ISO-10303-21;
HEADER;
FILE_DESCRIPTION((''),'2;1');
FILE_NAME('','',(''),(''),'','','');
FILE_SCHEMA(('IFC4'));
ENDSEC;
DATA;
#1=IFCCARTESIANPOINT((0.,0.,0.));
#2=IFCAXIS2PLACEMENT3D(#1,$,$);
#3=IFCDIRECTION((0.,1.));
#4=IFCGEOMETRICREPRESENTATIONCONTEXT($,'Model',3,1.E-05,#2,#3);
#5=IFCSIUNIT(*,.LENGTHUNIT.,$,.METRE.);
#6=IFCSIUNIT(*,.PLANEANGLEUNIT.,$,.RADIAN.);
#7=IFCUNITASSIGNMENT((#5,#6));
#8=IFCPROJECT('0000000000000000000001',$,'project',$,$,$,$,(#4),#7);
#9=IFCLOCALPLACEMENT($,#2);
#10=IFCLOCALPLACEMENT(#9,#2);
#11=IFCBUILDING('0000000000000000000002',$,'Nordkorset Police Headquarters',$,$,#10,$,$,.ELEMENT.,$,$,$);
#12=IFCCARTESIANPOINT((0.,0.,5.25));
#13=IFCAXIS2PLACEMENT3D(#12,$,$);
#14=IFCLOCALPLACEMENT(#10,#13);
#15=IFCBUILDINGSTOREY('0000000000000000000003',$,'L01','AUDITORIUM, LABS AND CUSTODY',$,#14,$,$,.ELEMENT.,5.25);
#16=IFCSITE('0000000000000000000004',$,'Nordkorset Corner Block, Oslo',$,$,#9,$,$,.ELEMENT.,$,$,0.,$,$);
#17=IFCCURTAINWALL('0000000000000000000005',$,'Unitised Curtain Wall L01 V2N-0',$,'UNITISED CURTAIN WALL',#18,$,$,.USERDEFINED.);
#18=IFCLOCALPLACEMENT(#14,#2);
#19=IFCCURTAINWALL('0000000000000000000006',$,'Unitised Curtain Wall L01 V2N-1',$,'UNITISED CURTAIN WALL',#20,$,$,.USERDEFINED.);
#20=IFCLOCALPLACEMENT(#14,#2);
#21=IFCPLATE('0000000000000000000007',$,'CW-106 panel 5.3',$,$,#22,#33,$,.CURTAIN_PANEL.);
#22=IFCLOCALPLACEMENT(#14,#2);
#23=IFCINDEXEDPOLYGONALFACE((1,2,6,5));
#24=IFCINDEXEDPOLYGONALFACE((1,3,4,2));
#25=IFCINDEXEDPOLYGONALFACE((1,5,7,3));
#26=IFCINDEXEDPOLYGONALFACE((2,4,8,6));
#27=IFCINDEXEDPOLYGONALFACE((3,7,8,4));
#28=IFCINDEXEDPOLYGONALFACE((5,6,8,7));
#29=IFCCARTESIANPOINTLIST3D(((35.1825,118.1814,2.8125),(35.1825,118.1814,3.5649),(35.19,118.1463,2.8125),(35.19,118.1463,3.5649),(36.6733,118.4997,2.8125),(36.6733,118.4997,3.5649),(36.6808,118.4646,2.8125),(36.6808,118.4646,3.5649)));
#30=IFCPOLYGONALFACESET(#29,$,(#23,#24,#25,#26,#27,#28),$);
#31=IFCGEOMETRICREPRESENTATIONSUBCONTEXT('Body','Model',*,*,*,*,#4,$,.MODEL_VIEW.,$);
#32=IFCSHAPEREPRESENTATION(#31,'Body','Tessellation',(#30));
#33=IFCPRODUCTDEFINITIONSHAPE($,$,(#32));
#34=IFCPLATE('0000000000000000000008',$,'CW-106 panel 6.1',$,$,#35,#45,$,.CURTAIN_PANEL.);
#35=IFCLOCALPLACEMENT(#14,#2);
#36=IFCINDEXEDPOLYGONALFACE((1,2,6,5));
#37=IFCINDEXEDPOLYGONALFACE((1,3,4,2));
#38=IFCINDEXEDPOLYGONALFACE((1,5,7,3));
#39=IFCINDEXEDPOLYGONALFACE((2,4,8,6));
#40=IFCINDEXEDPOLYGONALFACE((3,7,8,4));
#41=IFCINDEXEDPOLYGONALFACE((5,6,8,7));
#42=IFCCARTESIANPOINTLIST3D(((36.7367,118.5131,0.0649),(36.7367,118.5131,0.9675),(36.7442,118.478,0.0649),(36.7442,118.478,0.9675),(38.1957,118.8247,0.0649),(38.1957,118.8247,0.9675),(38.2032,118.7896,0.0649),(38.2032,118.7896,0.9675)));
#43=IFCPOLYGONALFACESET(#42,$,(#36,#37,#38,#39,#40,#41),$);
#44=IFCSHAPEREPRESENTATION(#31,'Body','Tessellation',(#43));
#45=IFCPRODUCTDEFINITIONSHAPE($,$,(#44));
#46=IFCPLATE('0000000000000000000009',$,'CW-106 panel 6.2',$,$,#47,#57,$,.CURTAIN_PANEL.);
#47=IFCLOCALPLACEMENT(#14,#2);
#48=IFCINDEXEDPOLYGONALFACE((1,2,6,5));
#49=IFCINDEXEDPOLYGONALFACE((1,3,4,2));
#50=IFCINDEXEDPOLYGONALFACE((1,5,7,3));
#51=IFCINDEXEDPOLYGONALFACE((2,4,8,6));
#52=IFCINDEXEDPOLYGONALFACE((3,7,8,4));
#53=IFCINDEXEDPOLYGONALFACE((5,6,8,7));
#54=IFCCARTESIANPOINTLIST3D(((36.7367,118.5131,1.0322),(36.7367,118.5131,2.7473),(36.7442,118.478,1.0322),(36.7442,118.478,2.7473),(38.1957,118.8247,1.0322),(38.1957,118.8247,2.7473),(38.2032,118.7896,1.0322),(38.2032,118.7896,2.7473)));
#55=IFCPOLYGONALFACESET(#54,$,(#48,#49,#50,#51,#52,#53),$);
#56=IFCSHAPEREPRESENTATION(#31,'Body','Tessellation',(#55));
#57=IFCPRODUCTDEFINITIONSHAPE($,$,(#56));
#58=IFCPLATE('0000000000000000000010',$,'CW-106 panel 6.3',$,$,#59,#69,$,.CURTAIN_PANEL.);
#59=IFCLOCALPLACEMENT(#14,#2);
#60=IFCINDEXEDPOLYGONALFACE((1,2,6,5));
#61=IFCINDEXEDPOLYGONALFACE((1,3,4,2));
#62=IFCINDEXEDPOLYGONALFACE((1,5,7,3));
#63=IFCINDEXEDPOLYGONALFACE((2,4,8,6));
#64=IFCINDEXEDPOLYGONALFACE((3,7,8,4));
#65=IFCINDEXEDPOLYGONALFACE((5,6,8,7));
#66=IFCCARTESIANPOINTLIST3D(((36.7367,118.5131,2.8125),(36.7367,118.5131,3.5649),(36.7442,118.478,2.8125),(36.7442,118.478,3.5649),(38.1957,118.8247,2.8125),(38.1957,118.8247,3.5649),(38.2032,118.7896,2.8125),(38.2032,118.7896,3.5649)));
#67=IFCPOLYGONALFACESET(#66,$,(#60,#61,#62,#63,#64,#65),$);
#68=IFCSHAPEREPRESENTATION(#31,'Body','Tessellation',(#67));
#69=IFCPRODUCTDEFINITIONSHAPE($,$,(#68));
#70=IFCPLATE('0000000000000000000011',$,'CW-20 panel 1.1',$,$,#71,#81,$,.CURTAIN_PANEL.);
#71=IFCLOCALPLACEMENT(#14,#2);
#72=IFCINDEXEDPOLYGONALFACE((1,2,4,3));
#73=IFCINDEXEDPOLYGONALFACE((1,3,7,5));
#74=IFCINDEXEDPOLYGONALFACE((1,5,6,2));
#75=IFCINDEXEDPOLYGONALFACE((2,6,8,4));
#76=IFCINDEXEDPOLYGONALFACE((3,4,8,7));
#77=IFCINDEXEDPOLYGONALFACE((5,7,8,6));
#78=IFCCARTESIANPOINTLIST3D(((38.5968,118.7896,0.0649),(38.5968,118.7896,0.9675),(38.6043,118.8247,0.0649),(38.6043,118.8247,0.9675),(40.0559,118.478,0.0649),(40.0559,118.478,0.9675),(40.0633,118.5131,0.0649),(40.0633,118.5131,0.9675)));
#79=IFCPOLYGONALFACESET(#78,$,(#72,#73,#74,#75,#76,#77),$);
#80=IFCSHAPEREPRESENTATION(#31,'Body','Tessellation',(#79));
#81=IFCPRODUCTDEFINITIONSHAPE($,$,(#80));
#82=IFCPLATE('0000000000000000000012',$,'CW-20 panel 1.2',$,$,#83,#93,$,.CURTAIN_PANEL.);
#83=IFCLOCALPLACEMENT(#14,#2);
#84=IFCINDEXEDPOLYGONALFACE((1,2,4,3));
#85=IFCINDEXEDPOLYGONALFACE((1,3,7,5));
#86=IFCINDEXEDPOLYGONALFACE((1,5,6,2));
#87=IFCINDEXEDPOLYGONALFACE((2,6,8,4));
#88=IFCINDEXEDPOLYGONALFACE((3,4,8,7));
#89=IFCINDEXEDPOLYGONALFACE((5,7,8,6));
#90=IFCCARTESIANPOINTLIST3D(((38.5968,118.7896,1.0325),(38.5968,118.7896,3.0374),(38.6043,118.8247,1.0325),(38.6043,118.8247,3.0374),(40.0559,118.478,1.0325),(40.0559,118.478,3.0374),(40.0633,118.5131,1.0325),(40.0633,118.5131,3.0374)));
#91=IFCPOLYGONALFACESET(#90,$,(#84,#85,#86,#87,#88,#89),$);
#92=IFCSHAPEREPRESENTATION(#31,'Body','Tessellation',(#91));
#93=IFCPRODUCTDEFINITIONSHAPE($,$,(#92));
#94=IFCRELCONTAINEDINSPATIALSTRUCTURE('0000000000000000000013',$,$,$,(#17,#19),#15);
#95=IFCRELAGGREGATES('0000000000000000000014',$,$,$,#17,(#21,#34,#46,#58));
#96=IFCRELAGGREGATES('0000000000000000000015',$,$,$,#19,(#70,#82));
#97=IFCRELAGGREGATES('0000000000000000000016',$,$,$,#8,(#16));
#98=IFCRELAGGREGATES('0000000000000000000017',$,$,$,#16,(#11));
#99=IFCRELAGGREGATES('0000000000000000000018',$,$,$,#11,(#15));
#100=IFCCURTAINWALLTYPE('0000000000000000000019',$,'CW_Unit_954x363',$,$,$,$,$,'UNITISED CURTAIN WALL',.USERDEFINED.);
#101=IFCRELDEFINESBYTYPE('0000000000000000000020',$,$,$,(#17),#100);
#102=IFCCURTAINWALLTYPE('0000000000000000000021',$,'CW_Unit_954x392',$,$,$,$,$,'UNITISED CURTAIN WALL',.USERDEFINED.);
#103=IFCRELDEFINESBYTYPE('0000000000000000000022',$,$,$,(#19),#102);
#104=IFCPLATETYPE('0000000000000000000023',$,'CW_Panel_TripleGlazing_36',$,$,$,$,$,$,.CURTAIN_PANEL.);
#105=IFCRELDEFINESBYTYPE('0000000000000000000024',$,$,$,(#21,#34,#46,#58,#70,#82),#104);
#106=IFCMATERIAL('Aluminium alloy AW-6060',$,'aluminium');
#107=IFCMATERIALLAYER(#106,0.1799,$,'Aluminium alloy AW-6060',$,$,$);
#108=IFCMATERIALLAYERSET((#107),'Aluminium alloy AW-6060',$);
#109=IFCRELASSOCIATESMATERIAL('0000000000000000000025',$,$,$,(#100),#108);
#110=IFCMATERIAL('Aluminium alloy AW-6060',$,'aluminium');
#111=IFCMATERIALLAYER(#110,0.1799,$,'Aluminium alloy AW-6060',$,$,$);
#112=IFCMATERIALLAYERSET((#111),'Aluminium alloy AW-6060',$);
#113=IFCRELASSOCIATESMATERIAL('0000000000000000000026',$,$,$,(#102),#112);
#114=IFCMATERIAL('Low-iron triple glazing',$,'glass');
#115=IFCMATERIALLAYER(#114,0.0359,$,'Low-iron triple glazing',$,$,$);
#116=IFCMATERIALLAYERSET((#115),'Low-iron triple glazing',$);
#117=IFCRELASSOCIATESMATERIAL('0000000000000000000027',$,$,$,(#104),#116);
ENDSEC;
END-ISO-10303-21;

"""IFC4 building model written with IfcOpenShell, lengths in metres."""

from ifc_helpers import new_model, si_unit, direction, frame, origin, origin_2d, place, context, subcontext, project, spatial, rectangle, extrude, material, layer, layer_set, type_object, element, aggregate, save


model = new_model("IFC4")

# Units and contexts
model_context = context("Model", 3, precision=1e-05, world=origin(), true_north=direction((0.0, 1.0)))
body_context = subcontext(model_context, "Body", "Model", "MODEL_VIEW")
ifc_project = project(units=[si_unit("LENGTHUNIT", "METRE"), si_unit("PLANEANGLEUNIT", "RADIAN")], contexts=[model_context])

# Site, building, storey
site_placement = place(None, origin())
site = spatial("IfcSite", under=ifc_project, at=site_placement, Name="Nordkorset Corner Block, Oslo", CompositionType="ELEMENT", RefElevation=0.0)
building_placement = place(site_placement, origin())
building = spatial("IfcBuilding", under=site, at=building_placement, Name="Nordkorset Police Headquarters", CompositionType="ELEMENT")
storey_placement = place(building_placement, frame((0.0, 0.0, 5.25)))
storey = spatial("IfcBuildingStorey", under=building, at=storey_placement, Name="L01", Description="AUDITORIUM, LABS AND CUSTODY", CompositionType="ELEMENT", Elevation=5.25)

# Curtain wall
ifc_material_1 = material(Name="Aluminium alloy AW-6060", Category="aluminium")
ifc_layer_1 = layer(ifc_material_1, 0.1799, Name="Aluminium alloy AW-6060")
ifc_layer_set_1 = layer_set([ifc_layer_1], Name="Aluminium alloy AW-6060")
curtain_wall_type_1 = type_object("IfcCurtainWallType", Name="CW_Unit_954x363", ElementType="UNITISED CURTAIN WALL", PredefinedType="USERDEFINED", material=ifc_layer_set_1)
curtain_wall_1_placement = place(storey_placement, origin())
curtain_wall_1 = element("IfcCurtainWall", 1, at=curtain_wall_1_placement, inside=storey, type_object=curtain_wall_type_1, Name="Unitised Curtain Wall L01 V2N-0", ObjectType="UNITISED CURTAIN WALL", PredefinedType="USERDEFINED")

# Curtain wall
ifc_material_2 = material(Name="Aluminium alloy AW-6060", Category="aluminium")
ifc_layer_2 = layer(ifc_material_2, 0.1799, Name="Aluminium alloy AW-6060")
ifc_layer_set_2 = layer_set([ifc_layer_2], Name="Aluminium alloy AW-6060")
curtain_wall_type_2 = type_object("IfcCurtainWallType", Name="CW_Unit_954x392", ElementType="UNITISED CURTAIN WALL", PredefinedType="USERDEFINED", material=ifc_layer_set_2)
curtain_wall_2_placement = place(storey_placement, origin())
curtain_wall_2 = element("IfcCurtainWall", 2, at=curtain_wall_2_placement, inside=storey, type_object=curtain_wall_type_2, Name="Unitised Curtain Wall L01 V2N-1", ObjectType="UNITISED CURTAIN WALL", PredefinedType="USERDEFINED")

# Plates
ifc_material_3 = material(Name="Low-iron triple glazing", Category="glass")
ifc_layer_3 = layer(ifc_material_3, 0.0359, Name="Low-iron triple glazing")
ifc_layer_set_3 = layer_set([ifc_layer_3], Name="Low-iron triple glazing")
plate_type = type_object("IfcPlateType", Name="CW_Panel_TripleGlazing_36", PredefinedType="CURTAIN_PANEL", material=ifc_layer_set_3)
plate_1_placement = place(storey_placement, frame((35.9316, 118.323, 2.8125), z_axis=(0.0, 0.0, 1.0), x_axis=(0.977951, 0.208833, 0.0)))
plate_1 = element("IfcPlate", 3, at=plate_1_placement, type_object=plate_type, Name="CW-106 panel 5.3", PredefinedType="CURTAIN_PANEL", context=body_context, shape_type="SweptSolid", body=[
    extrude(rectangle(XDim=1.5244, YDim=0.0359, at=origin_2d()), origin(), (0.0, 0.0, 1.0), 0.7524),
])
plate_2_placement = place(storey_placement, frame((37.47, 118.6514, 0.0649), z_axis=(0.0, 0.0, 1.0), x_axis=(0.977951, 0.208833, 0.0)))
plate_2 = element("IfcPlate", 4, at=plate_2_placement, type_object=plate_type, Name="CW-106 panel 6.1", PredefinedType="CURTAIN_PANEL", context=body_context, shape_type="SweptSolid", body=[
    extrude(rectangle(XDim=1.4919, YDim=0.0359, at=origin_2d()), origin(), (0.0, 0.0, 1.0), 0.9026),
])
plate_3_placement = place(storey_placement, frame((37.47, 118.6514, 1.0322), z_axis=(0.0, 0.0, 1.0), x_axis=(0.977951, 0.208833, 0.0)))
plate_3 = element("IfcPlate", 5, at=plate_3_placement, type_object=plate_type, Name="CW-106 panel 6.2", PredefinedType="CURTAIN_PANEL", context=body_context, shape_type="SweptSolid", body=[
    extrude(rectangle(XDim=1.4919, YDim=0.0359, at=origin_2d()), origin(), (0.0, 0.0, 1.0), 1.7151),
])
plate_4_placement = place(storey_placement, frame((37.47, 118.6514, 2.8125), z_axis=(0.0, 0.0, 1.0), x_axis=(0.977951, 0.208833, 0.0)))
plate_4 = element("IfcPlate", 6, at=plate_4_placement, type_object=plate_type, Name="CW-106 panel 6.3", PredefinedType="CURTAIN_PANEL", context=body_context, shape_type="SweptSolid", body=[
    extrude(rectangle(XDim=1.4919, YDim=0.0359, at=origin_2d()), origin(), (0.0, 0.0, 1.0), 0.7524),
])
aggregate(curtain_wall_1, [plate_1, plate_2, plate_3, plate_4])
plate_5_placement = place(storey_placement, frame((39.3301, 118.6514, 0.0649), z_axis=(0.0, 0.0, 1.0), x_axis=(0.977951, -0.208833, 0.0)))
plate_5 = element("IfcPlate", 7, at=plate_5_placement, type_object=plate_type, Name="CW-20 panel 1.1", PredefinedType="CURTAIN_PANEL", context=body_context, shape_type="SweptSolid", body=[
    extrude(rectangle(XDim=1.4919, YDim=0.0359, at=origin_2d()), origin(), (0.0, 0.0, 1.0), 0.9026),
])
plate_6_placement = place(storey_placement, frame((39.3301, 118.6514, 1.0325), z_axis=(0.0, 0.0, 1.0), x_axis=(0.977951, -0.208833, 0.0)))
plate_6 = element("IfcPlate", 8, at=plate_6_placement, type_object=plate_type, Name="CW-20 panel 1.2", PredefinedType="CURTAIN_PANEL", context=body_context, shape_type="SweptSolid", body=[
    extrude(rectangle(XDim=1.4919, YDim=0.0359, at=origin_2d()), origin(), (0.0, 0.0, 1.0), 2.0049),
])
aggregate(curtain_wall_2, [plate_5, plate_6])

save(model, "model.ifc")
